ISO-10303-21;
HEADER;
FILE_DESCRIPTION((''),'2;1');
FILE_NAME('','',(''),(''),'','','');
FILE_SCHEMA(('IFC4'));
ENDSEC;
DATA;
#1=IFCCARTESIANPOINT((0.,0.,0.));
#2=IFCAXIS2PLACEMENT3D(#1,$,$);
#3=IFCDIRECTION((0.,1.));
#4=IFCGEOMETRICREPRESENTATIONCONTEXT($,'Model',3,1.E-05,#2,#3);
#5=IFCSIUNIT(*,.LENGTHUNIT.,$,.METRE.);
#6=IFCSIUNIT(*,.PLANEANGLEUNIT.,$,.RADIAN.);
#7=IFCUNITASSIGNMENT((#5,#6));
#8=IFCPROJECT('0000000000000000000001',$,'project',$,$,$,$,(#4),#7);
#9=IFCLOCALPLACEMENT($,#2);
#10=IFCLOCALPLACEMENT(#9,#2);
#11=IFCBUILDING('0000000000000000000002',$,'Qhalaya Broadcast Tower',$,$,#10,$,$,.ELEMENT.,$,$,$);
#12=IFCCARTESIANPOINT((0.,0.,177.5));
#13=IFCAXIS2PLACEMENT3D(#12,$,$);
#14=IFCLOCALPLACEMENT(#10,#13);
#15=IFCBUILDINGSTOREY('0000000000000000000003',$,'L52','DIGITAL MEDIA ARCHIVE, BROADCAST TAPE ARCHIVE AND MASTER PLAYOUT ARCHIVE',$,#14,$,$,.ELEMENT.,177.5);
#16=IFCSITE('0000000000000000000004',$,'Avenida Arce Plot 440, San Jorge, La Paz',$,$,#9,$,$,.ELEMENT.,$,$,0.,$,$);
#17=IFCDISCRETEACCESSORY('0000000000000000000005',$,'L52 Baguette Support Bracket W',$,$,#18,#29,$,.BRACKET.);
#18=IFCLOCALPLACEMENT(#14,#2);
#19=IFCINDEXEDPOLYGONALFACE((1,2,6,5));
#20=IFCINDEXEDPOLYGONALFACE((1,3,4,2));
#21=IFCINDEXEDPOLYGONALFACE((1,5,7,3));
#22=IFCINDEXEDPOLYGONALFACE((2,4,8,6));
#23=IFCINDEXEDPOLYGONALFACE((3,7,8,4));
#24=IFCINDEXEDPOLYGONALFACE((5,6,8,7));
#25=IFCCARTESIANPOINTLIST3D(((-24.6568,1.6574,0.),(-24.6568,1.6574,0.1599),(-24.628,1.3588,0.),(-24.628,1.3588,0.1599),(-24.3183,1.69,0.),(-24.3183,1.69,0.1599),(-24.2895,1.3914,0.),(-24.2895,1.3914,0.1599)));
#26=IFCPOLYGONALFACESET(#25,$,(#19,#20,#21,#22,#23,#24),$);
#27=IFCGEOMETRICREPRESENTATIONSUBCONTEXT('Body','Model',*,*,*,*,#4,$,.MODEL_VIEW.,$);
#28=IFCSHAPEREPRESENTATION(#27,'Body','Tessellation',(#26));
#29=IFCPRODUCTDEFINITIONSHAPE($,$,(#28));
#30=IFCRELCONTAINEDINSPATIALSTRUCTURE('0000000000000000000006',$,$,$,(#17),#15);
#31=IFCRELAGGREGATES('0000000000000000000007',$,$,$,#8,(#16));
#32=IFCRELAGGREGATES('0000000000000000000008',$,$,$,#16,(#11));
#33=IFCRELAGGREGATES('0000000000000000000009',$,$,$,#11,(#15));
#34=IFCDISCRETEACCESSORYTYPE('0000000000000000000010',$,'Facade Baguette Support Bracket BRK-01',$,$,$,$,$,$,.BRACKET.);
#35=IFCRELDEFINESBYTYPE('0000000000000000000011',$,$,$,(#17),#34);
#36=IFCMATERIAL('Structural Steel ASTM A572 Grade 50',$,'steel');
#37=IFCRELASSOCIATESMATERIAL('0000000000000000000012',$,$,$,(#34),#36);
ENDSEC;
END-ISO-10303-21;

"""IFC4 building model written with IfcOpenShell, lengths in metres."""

from ifc_helpers import new_model, si_unit, direction, frame, origin, origin_2d, place, context, subcontext, project, spatial, rectangle, extrude, material, type_object, element, save


model = new_model("IFC4")

# Units and contexts
model_context = context("Model", 3, precision=1e-05, world=origin(), true_north=direction((0.0, 1.0)))
body_context = subcontext(model_context, "Body", "Model", "MODEL_VIEW")
ifc_project = project(units=[si_unit("LENGTHUNIT", "METRE"), si_unit("PLANEANGLEUNIT", "RADIAN")], contexts=[model_context])

# Site, building, storey
site_placement = place(None, origin())
site = spatial("IfcSite", under=ifc_project, at=site_placement, Name="Avenida Arce Plot 440, San Jorge, La Paz", CompositionType="ELEMENT", RefElevation=0.0)
building_placement = place(site_placement, origin())
building = spatial("IfcBuilding", under=site, at=building_placement, Name="Qhalaya Broadcast Tower", CompositionType="ELEMENT")
storey_placement = place(building_placement, frame((0.0, 0.0, 177.5)))
storey = spatial("IfcBuildingStorey", under=building, at=storey_placement, Name="L52", Description="DIGITAL MEDIA ARCHIVE, BROADCAST TAPE ARCHIVE AND MASTER PLAYOUT ARCHIVE", CompositionType="ELEMENT", Elevation=177.5)

# Shared definitions
ifc_material_1 = material(Name="Structural Steel ASTM A572 Grade 50", Category="steel")

# Discrete accessory
discrete_accessory_type = type_object("IfcDiscreteAccessoryType", Name="Facade Baguette Support Bracket BRK-01", PredefinedType="BRACKET", material=ifc_material_1)
discrete_accessory_placement = place(storey_placement, frame((-24.4731, 1.5244, 0.0), z_axis=(0.0, 0.0, 1.0), x_axis=(0.095846, -0.995396, 0.0)))
element("IfcDiscreteAccessory", 1, at=discrete_accessory_placement, inside=storey, type_object=discrete_accessory_type, Name="L52 Baguette Support Bracket W", PredefinedType="BRACKET", context=body_context, shape_type="SweptSolid", body=[
    extrude(rectangle(XDim=0.3, YDim=0.3401, at=origin_2d()), origin(), (0.0, 0.0, 1.0), 0.1599),
])

save(model, "model.ifc")
